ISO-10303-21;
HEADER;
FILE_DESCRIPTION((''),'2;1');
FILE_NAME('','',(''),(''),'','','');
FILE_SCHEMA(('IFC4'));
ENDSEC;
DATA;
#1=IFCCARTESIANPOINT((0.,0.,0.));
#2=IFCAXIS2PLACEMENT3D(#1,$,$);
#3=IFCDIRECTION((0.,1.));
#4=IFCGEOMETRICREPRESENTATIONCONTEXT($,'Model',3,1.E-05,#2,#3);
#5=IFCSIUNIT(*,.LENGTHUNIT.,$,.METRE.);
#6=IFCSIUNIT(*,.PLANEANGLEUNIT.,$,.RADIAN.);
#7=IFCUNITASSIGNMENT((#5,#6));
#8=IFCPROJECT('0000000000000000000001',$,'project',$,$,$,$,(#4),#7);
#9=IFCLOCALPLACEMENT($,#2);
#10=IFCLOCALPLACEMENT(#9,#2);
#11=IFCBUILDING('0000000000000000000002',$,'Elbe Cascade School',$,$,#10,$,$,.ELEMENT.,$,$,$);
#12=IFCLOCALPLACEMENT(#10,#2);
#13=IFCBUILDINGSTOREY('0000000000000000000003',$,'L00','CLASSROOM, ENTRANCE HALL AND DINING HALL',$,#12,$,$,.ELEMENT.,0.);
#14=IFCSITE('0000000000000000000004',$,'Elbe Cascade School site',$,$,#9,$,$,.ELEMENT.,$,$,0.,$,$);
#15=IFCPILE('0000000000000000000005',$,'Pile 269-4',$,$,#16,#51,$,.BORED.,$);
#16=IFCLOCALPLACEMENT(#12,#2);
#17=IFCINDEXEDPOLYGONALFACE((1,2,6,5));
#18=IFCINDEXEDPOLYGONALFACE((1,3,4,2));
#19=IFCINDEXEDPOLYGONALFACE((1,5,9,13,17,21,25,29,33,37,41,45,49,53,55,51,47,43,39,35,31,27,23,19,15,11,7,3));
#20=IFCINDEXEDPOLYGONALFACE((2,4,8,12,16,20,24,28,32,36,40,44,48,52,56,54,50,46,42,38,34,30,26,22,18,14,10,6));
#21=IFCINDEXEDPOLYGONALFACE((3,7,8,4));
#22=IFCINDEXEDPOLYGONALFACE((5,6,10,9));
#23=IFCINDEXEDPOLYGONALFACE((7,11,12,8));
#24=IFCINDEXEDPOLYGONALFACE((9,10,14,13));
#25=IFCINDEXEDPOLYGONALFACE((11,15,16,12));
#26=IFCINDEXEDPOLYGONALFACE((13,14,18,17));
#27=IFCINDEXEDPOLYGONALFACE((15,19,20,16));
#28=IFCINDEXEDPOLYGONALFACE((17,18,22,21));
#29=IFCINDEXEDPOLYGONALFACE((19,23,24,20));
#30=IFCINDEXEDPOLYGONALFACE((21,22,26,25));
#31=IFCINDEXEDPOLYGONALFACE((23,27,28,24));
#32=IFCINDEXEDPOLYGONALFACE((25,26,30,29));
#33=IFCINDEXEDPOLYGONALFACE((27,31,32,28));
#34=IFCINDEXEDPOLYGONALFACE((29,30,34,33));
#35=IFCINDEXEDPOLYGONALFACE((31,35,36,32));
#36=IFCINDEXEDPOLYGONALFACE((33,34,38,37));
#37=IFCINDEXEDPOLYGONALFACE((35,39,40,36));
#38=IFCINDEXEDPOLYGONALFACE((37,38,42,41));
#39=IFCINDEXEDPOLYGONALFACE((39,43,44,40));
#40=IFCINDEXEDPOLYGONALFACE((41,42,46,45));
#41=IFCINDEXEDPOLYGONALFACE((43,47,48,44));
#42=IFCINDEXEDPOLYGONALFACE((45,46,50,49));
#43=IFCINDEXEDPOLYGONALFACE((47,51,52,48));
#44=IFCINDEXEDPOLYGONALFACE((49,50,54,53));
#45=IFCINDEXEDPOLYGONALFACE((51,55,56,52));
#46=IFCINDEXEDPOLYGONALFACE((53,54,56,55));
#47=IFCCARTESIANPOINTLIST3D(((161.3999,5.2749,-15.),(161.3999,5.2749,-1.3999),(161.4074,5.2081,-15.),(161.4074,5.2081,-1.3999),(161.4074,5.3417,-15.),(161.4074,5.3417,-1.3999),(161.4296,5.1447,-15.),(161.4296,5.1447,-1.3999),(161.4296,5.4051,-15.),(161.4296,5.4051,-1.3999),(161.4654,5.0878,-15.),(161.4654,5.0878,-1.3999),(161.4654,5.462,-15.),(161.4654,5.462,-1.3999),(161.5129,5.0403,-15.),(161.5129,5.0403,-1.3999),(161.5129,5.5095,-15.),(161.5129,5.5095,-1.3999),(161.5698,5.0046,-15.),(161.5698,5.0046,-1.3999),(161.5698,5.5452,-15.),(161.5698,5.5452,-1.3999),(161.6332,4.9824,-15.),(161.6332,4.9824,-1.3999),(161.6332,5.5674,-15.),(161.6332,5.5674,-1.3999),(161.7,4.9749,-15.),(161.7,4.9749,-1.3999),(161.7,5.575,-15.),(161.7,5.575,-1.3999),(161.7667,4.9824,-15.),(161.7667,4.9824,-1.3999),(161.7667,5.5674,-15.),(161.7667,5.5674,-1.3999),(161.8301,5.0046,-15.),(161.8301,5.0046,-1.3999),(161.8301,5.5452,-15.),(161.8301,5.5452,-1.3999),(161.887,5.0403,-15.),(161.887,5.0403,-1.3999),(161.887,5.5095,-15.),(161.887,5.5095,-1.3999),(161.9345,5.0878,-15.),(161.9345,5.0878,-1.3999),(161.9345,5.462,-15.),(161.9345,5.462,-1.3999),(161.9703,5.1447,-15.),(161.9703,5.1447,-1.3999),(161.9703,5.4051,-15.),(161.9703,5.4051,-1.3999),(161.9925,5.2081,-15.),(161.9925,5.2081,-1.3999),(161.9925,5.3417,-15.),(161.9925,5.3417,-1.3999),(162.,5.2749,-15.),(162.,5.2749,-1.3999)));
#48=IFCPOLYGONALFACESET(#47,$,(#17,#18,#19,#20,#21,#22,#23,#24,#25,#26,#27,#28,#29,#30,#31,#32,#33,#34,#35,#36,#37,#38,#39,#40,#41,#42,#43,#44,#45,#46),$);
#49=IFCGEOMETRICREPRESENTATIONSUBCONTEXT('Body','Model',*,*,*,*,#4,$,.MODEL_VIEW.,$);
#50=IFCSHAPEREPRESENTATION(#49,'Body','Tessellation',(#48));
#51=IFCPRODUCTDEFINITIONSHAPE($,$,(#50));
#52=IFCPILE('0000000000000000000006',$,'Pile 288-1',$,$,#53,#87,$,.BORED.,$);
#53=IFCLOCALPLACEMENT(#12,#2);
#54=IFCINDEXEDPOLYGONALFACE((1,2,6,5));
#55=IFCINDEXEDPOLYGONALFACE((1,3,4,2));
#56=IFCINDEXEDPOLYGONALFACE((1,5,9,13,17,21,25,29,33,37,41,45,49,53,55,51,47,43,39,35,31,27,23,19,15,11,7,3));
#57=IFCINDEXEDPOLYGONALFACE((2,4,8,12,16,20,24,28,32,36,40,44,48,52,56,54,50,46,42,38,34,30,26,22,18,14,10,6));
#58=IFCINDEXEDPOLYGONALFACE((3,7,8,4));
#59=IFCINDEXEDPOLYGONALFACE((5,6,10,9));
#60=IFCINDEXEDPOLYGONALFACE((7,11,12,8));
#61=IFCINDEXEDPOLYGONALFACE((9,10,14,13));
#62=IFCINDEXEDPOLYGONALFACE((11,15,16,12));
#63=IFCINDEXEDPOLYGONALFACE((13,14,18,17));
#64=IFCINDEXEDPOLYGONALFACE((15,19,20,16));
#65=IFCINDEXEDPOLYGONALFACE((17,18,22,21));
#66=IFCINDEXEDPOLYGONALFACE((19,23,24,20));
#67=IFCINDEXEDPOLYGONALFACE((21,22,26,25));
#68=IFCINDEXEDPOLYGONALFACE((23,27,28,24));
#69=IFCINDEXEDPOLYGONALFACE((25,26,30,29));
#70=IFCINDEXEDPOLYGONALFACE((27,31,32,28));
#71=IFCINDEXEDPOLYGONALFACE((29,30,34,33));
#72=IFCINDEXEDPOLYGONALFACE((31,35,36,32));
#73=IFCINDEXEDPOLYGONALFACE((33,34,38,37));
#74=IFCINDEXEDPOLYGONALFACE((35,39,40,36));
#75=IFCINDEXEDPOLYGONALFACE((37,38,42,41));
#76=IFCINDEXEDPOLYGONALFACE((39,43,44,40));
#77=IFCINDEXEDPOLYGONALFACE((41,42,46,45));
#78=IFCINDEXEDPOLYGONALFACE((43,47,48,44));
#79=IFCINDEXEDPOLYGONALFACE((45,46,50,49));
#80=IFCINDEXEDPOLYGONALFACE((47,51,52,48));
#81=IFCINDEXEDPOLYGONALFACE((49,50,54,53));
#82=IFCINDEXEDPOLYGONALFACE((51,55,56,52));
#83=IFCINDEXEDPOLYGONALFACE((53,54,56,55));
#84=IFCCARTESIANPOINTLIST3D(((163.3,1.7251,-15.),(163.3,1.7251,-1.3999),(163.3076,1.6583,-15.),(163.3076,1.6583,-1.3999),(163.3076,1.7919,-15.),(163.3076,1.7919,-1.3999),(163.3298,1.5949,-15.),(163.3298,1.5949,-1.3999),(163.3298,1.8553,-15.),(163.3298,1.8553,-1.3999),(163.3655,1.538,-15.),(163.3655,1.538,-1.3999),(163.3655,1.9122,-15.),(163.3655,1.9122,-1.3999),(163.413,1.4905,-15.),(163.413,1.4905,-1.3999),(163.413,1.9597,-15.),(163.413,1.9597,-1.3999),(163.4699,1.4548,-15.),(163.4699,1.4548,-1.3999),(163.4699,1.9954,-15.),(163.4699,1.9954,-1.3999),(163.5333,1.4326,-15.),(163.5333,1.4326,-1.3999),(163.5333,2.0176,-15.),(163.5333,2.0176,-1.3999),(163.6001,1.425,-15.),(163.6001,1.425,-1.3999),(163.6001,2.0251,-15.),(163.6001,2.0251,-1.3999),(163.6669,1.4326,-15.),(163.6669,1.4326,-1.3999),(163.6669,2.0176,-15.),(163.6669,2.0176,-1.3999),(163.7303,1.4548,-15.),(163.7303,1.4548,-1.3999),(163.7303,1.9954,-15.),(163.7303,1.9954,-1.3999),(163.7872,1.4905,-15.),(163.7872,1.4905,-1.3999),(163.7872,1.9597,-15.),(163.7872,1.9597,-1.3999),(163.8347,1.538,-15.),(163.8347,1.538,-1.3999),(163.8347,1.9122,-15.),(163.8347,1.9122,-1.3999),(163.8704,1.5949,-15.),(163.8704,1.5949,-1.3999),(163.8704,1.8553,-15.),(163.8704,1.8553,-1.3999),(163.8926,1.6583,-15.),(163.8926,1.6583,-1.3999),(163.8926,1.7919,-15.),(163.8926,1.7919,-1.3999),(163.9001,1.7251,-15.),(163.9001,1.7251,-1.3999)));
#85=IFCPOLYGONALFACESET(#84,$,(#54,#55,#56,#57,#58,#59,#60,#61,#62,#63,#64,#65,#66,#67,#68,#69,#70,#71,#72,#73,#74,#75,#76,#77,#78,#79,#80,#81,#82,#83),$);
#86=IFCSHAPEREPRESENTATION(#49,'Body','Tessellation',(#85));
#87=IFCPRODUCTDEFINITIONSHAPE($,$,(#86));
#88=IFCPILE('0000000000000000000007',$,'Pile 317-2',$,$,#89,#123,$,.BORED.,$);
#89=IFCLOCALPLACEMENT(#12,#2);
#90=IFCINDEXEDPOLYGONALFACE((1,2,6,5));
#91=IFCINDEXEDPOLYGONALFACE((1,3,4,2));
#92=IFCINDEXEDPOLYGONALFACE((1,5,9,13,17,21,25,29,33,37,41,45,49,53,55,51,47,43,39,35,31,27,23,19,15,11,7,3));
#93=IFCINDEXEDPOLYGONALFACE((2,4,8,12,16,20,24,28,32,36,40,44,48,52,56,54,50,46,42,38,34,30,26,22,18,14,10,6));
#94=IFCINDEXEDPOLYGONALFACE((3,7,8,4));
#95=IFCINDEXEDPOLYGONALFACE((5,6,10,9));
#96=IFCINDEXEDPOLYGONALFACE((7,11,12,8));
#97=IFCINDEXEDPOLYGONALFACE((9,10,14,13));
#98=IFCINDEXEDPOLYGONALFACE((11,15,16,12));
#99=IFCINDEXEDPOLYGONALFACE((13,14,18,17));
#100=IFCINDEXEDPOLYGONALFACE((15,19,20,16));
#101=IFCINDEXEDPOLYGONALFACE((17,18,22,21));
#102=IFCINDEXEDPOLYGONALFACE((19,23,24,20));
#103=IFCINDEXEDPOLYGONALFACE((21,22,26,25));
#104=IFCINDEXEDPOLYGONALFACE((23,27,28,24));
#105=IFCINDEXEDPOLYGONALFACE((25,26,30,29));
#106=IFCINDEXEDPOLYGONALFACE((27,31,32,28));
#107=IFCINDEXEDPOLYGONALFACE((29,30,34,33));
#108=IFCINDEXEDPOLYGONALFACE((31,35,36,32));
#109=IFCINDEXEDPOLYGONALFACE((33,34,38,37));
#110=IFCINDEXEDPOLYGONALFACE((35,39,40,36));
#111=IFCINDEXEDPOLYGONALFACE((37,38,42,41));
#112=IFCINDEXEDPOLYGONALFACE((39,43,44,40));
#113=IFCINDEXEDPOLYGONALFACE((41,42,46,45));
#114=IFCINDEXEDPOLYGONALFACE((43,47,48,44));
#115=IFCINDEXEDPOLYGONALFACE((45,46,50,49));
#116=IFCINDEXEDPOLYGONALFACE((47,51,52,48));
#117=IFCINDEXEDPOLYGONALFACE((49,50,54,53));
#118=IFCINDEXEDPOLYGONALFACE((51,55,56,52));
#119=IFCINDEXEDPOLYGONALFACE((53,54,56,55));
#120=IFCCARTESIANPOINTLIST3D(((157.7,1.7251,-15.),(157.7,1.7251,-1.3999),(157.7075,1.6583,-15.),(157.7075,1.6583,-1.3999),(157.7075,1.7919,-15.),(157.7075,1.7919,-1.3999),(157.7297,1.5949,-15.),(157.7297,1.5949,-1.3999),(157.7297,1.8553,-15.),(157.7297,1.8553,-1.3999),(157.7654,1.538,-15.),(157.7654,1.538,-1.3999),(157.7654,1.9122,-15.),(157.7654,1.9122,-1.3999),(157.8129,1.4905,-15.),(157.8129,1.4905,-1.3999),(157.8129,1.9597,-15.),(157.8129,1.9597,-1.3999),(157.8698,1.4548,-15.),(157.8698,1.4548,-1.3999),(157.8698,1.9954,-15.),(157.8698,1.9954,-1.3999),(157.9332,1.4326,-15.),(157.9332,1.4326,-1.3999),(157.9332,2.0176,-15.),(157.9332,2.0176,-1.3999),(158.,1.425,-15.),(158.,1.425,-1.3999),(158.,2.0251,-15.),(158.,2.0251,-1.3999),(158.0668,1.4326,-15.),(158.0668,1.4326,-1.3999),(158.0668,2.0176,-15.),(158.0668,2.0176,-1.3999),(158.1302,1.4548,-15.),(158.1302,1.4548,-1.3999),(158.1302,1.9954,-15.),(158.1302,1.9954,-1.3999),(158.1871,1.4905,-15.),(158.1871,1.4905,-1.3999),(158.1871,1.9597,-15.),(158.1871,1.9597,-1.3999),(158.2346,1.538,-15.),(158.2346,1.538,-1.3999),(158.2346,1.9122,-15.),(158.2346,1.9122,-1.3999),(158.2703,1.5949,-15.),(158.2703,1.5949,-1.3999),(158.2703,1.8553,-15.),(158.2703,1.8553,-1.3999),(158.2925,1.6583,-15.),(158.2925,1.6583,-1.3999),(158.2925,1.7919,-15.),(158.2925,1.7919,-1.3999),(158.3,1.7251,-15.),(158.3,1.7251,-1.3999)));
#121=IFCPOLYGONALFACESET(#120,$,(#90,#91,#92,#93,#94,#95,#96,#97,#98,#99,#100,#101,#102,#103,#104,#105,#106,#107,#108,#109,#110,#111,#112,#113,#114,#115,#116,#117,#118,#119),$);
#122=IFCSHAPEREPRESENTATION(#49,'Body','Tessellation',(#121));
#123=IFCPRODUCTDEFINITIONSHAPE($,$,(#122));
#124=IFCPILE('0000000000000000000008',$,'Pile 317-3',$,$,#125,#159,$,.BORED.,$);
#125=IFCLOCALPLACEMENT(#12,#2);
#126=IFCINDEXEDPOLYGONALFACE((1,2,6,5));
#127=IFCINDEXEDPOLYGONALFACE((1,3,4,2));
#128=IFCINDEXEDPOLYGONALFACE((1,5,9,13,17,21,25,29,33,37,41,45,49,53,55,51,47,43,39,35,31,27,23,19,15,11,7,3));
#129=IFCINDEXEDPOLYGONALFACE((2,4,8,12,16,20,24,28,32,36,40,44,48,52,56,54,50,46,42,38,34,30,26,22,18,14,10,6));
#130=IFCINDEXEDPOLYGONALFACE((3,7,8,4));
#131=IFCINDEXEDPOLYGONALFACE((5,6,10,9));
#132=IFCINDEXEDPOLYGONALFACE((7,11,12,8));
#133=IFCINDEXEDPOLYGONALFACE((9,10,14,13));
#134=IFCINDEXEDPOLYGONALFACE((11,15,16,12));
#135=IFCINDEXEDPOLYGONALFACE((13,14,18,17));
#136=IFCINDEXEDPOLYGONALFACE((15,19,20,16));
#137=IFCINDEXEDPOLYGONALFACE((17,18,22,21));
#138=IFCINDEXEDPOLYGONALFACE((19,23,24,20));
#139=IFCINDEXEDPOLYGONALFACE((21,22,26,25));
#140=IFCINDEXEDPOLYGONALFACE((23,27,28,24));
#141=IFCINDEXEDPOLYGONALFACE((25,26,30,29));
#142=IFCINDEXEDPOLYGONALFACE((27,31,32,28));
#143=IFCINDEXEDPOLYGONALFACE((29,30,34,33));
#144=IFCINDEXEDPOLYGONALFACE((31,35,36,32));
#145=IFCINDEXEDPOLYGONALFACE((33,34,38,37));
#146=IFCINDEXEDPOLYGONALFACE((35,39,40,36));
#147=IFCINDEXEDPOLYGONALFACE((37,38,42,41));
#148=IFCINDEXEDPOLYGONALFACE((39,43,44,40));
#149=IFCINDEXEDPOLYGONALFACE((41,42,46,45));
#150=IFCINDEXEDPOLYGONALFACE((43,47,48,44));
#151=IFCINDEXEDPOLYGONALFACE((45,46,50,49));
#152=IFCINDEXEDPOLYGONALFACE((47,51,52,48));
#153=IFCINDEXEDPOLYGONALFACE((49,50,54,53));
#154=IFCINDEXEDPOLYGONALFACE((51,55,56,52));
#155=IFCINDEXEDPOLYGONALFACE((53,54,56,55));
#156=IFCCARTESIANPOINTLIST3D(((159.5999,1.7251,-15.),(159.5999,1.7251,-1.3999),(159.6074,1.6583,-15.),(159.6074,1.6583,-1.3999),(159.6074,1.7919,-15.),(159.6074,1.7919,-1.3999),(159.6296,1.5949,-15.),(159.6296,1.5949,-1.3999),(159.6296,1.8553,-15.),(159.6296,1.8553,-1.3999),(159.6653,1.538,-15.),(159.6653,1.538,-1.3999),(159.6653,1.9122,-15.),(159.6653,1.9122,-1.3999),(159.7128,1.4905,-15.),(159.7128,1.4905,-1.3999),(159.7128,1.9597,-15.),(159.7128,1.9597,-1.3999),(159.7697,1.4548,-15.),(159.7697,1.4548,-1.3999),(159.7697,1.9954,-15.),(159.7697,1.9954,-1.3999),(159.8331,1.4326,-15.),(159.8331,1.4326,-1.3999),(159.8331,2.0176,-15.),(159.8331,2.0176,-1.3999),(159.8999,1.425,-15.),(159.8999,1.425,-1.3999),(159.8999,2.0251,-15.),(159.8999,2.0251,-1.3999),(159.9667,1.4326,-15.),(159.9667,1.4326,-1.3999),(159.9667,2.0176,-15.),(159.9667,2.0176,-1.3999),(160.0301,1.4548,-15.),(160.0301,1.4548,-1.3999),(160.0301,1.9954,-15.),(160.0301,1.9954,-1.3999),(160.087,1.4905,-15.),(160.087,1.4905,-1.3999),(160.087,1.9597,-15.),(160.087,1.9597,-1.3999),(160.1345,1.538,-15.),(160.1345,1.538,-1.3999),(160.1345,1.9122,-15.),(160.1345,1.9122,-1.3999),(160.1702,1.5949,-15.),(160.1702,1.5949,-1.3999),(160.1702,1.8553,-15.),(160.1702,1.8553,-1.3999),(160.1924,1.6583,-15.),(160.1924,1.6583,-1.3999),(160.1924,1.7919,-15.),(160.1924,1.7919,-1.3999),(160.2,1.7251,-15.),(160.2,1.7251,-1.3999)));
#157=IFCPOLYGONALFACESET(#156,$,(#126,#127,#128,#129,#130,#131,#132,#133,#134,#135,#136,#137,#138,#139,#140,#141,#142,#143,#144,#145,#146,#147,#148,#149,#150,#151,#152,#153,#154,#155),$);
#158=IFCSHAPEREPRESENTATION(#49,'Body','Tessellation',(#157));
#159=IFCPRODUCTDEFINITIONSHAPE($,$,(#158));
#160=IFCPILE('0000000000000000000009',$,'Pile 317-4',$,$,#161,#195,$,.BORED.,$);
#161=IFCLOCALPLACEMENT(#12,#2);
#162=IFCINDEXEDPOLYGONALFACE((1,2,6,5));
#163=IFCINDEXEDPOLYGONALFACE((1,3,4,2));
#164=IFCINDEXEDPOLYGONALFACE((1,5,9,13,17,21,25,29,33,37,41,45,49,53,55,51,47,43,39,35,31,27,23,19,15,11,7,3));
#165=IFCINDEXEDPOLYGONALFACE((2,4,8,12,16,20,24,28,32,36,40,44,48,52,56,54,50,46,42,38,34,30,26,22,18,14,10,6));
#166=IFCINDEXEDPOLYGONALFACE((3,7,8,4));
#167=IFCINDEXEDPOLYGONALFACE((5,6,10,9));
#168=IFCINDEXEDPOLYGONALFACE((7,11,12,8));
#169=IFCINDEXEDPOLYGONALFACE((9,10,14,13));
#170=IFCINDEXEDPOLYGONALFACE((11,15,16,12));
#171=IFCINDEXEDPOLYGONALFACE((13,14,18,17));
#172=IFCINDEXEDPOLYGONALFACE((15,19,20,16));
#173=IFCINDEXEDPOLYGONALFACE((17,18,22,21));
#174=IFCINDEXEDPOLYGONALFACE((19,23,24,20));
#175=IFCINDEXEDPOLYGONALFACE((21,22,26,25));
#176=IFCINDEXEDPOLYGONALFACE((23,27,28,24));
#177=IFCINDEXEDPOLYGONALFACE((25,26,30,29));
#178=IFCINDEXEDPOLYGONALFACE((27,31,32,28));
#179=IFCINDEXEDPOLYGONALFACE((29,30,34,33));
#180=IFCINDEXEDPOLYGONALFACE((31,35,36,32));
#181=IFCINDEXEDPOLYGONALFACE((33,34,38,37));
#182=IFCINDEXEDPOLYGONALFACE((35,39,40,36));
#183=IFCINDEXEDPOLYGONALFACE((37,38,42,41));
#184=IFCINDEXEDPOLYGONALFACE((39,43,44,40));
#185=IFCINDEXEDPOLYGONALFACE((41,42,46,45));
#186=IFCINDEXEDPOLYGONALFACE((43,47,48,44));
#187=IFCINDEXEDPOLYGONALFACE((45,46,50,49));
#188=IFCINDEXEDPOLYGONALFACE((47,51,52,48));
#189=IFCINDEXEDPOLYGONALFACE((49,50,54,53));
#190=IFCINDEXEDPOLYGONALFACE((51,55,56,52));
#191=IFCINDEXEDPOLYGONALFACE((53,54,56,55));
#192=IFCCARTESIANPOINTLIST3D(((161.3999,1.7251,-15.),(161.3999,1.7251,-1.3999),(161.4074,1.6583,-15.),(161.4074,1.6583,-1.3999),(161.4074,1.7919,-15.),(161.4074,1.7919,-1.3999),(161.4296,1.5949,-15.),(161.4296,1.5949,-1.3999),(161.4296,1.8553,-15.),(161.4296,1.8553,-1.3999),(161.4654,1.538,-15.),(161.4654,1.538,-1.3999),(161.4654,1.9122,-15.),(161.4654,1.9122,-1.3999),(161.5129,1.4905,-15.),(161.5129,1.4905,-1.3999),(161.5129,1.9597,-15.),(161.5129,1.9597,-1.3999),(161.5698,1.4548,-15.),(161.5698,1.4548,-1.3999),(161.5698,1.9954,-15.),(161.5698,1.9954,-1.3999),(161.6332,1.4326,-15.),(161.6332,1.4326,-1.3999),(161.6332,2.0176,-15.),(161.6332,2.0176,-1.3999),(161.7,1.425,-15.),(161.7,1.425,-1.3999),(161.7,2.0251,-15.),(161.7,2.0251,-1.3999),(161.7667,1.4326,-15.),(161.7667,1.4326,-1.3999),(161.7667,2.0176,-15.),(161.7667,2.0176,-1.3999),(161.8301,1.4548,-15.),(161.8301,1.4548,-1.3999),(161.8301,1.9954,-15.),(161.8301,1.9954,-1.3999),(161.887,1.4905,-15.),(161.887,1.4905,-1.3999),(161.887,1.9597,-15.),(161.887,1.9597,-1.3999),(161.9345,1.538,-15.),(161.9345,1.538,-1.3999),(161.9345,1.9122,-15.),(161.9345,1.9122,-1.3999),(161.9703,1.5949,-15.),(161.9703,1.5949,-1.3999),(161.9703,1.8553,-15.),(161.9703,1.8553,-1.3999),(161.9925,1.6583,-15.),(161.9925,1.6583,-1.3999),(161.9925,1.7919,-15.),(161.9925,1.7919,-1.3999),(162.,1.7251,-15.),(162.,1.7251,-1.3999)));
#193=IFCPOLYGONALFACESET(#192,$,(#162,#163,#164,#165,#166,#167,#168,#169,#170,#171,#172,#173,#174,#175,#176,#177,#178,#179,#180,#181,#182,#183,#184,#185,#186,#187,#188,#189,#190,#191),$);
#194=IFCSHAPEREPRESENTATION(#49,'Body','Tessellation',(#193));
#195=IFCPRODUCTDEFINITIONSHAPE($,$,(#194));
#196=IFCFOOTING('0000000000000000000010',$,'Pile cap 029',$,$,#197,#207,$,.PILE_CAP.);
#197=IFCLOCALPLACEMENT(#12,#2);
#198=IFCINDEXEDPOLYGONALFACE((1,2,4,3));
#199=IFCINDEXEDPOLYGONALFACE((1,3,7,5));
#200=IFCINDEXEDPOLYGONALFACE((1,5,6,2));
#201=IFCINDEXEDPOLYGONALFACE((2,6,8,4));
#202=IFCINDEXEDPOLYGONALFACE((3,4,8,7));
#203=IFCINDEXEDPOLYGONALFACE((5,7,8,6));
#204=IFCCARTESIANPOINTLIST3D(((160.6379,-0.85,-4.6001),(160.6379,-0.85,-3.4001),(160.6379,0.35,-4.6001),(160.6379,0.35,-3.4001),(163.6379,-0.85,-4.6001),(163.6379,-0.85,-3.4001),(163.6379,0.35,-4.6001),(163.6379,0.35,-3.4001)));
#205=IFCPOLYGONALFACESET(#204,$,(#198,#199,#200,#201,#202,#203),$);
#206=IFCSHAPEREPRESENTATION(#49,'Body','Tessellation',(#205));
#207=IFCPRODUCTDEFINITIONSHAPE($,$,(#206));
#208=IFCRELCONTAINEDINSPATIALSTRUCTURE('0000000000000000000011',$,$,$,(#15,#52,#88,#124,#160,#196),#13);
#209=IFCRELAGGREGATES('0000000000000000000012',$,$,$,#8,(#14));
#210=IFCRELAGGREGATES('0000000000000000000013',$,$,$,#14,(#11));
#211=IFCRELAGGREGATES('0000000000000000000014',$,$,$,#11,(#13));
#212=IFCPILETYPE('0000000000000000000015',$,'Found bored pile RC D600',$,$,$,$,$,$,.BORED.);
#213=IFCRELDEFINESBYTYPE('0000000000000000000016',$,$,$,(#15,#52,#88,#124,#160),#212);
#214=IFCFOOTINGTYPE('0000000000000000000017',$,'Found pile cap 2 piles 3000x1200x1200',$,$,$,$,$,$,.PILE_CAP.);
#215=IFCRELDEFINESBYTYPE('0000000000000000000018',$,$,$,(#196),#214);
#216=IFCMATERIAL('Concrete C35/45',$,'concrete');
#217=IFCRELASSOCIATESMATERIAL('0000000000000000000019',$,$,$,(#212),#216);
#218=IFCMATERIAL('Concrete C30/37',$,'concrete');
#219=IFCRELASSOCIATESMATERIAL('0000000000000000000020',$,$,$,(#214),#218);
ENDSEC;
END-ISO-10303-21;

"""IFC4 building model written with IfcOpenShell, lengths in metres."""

from ifc_helpers import new_model, si_unit, direction, frame, origin, origin_2d, place, context, subcontext, project, spatial, rectangle, circle, extrude, material, material_profile, profile_set, type_object, element, save


model = new_model("IFC4")

# Units and contexts
model_context = context("Model", 3, precision=1e-05, world=origin(), true_north=direction((0.0, 1.0)))
body_context = subcontext(model_context, "Body", "Model", "MODEL_VIEW")
ifc_project = project(units=[si_unit("LENGTHUNIT", "METRE"), si_unit("PLANEANGLEUNIT", "RADIAN")], contexts=[model_context])

# Site, building, storey
site_placement = place(None, origin())
site = spatial("IfcSite", under=ifc_project, at=site_placement, Name="Elbe Cascade School site", CompositionType="ELEMENT", RefElevation=0.0)
building_placement = place(site_placement, origin())
building = spatial("IfcBuilding", under=site, at=building_placement, Name="Elbe Cascade School", CompositionType="ELEMENT")
storey_placement = place(building_placement, origin())
storey = spatial("IfcBuildingStorey", under=building, at=storey_placement, Name="L00", Description="CLASSROOM, ENTRANCE HALL AND DINING HALL", CompositionType="ELEMENT", Elevation=0.0)

# Piles
ifc_material_1 = material(Name="Concrete C35/45", Category="concrete")
ifc_material_profile_1 = material_profile(ifc_material_1, circle(Radius=0.3, at=origin_2d()), Name="RC D600")
ifc_profile_set_1 = profile_set([ifc_material_profile_1], Name="Concrete C35/45")
pile_type = type_object("IfcPileType", Name="Found bored pile RC D600", PredefinedType="BORED", material=ifc_profile_set_1)
for number, where, z_axis, x_axis, name in (
    (1, (161.7, 5.2749, -1.3999), (0.0, 0.0, -1.0), (1.0, 0.0, 0.0), "Pile 269-4"),
    (2, (163.6001, 1.7251, -1.3999), (0.0, 0.0, -1.0), (1.0, 0.0, 0.0), "Pile 288-1"),
    (3, (158.0, 1.7251, -1.3999), (0.0, 0.0, -1.0), (1.0, 0.0, 0.0), "Pile 317-2"),
    (4, (159.8999, 1.7251, -1.3999), (0.0, 0.0, -1.0), (1.0, 0.0, 0.0), "Pile 317-3"),
    (5, (161.7, 1.7251, -1.3999), (0.0, 0.0, -1.0), (1.0, 0.0, 0.0), "Pile 317-4"),
):
    element("IfcPile", number, at=place(storey_placement, frame(where, z_axis=z_axis, x_axis=x_axis)), inside=storey, type_object=pile_type, Name=name, PredefinedType="BORED", context=body_context, shape_type="SweptSolid", body=[
        extrude(circle(Radius=0.3, at=origin_2d()), origin(), (0.0, 0.0, 1.0), 13.6001),
    ])

# Footing
ifc_material_2 = material(Name="Concrete C30/37", Category="concrete")
footing_type_1 = type_object("IfcFootingType", Name="Found pile cap 2 piles 3000x1200x1200", PredefinedType="PILE_CAP", material=ifc_material_2)
footing_1_placement = place(storey_placement, frame((162.1379, -0.25, -4.6001), z_axis=(0.0, 0.0, 1.0), x_axis=(1.0, 0.0, 0.0)))
element("IfcFooting", 6, at=footing_1_placement, inside=storey, type_object=footing_type_1, Name="Pile cap 029", PredefinedType="PILE_CAP", context=body_context, shape_type="SweptSolid", body=[
    extrude(rectangle(XDim=3.0, YDim=1.2, at=origin_2d()), origin(), (0.0, 0.0, 1.0), 1.2),
])

save(model, "model.ifc")
